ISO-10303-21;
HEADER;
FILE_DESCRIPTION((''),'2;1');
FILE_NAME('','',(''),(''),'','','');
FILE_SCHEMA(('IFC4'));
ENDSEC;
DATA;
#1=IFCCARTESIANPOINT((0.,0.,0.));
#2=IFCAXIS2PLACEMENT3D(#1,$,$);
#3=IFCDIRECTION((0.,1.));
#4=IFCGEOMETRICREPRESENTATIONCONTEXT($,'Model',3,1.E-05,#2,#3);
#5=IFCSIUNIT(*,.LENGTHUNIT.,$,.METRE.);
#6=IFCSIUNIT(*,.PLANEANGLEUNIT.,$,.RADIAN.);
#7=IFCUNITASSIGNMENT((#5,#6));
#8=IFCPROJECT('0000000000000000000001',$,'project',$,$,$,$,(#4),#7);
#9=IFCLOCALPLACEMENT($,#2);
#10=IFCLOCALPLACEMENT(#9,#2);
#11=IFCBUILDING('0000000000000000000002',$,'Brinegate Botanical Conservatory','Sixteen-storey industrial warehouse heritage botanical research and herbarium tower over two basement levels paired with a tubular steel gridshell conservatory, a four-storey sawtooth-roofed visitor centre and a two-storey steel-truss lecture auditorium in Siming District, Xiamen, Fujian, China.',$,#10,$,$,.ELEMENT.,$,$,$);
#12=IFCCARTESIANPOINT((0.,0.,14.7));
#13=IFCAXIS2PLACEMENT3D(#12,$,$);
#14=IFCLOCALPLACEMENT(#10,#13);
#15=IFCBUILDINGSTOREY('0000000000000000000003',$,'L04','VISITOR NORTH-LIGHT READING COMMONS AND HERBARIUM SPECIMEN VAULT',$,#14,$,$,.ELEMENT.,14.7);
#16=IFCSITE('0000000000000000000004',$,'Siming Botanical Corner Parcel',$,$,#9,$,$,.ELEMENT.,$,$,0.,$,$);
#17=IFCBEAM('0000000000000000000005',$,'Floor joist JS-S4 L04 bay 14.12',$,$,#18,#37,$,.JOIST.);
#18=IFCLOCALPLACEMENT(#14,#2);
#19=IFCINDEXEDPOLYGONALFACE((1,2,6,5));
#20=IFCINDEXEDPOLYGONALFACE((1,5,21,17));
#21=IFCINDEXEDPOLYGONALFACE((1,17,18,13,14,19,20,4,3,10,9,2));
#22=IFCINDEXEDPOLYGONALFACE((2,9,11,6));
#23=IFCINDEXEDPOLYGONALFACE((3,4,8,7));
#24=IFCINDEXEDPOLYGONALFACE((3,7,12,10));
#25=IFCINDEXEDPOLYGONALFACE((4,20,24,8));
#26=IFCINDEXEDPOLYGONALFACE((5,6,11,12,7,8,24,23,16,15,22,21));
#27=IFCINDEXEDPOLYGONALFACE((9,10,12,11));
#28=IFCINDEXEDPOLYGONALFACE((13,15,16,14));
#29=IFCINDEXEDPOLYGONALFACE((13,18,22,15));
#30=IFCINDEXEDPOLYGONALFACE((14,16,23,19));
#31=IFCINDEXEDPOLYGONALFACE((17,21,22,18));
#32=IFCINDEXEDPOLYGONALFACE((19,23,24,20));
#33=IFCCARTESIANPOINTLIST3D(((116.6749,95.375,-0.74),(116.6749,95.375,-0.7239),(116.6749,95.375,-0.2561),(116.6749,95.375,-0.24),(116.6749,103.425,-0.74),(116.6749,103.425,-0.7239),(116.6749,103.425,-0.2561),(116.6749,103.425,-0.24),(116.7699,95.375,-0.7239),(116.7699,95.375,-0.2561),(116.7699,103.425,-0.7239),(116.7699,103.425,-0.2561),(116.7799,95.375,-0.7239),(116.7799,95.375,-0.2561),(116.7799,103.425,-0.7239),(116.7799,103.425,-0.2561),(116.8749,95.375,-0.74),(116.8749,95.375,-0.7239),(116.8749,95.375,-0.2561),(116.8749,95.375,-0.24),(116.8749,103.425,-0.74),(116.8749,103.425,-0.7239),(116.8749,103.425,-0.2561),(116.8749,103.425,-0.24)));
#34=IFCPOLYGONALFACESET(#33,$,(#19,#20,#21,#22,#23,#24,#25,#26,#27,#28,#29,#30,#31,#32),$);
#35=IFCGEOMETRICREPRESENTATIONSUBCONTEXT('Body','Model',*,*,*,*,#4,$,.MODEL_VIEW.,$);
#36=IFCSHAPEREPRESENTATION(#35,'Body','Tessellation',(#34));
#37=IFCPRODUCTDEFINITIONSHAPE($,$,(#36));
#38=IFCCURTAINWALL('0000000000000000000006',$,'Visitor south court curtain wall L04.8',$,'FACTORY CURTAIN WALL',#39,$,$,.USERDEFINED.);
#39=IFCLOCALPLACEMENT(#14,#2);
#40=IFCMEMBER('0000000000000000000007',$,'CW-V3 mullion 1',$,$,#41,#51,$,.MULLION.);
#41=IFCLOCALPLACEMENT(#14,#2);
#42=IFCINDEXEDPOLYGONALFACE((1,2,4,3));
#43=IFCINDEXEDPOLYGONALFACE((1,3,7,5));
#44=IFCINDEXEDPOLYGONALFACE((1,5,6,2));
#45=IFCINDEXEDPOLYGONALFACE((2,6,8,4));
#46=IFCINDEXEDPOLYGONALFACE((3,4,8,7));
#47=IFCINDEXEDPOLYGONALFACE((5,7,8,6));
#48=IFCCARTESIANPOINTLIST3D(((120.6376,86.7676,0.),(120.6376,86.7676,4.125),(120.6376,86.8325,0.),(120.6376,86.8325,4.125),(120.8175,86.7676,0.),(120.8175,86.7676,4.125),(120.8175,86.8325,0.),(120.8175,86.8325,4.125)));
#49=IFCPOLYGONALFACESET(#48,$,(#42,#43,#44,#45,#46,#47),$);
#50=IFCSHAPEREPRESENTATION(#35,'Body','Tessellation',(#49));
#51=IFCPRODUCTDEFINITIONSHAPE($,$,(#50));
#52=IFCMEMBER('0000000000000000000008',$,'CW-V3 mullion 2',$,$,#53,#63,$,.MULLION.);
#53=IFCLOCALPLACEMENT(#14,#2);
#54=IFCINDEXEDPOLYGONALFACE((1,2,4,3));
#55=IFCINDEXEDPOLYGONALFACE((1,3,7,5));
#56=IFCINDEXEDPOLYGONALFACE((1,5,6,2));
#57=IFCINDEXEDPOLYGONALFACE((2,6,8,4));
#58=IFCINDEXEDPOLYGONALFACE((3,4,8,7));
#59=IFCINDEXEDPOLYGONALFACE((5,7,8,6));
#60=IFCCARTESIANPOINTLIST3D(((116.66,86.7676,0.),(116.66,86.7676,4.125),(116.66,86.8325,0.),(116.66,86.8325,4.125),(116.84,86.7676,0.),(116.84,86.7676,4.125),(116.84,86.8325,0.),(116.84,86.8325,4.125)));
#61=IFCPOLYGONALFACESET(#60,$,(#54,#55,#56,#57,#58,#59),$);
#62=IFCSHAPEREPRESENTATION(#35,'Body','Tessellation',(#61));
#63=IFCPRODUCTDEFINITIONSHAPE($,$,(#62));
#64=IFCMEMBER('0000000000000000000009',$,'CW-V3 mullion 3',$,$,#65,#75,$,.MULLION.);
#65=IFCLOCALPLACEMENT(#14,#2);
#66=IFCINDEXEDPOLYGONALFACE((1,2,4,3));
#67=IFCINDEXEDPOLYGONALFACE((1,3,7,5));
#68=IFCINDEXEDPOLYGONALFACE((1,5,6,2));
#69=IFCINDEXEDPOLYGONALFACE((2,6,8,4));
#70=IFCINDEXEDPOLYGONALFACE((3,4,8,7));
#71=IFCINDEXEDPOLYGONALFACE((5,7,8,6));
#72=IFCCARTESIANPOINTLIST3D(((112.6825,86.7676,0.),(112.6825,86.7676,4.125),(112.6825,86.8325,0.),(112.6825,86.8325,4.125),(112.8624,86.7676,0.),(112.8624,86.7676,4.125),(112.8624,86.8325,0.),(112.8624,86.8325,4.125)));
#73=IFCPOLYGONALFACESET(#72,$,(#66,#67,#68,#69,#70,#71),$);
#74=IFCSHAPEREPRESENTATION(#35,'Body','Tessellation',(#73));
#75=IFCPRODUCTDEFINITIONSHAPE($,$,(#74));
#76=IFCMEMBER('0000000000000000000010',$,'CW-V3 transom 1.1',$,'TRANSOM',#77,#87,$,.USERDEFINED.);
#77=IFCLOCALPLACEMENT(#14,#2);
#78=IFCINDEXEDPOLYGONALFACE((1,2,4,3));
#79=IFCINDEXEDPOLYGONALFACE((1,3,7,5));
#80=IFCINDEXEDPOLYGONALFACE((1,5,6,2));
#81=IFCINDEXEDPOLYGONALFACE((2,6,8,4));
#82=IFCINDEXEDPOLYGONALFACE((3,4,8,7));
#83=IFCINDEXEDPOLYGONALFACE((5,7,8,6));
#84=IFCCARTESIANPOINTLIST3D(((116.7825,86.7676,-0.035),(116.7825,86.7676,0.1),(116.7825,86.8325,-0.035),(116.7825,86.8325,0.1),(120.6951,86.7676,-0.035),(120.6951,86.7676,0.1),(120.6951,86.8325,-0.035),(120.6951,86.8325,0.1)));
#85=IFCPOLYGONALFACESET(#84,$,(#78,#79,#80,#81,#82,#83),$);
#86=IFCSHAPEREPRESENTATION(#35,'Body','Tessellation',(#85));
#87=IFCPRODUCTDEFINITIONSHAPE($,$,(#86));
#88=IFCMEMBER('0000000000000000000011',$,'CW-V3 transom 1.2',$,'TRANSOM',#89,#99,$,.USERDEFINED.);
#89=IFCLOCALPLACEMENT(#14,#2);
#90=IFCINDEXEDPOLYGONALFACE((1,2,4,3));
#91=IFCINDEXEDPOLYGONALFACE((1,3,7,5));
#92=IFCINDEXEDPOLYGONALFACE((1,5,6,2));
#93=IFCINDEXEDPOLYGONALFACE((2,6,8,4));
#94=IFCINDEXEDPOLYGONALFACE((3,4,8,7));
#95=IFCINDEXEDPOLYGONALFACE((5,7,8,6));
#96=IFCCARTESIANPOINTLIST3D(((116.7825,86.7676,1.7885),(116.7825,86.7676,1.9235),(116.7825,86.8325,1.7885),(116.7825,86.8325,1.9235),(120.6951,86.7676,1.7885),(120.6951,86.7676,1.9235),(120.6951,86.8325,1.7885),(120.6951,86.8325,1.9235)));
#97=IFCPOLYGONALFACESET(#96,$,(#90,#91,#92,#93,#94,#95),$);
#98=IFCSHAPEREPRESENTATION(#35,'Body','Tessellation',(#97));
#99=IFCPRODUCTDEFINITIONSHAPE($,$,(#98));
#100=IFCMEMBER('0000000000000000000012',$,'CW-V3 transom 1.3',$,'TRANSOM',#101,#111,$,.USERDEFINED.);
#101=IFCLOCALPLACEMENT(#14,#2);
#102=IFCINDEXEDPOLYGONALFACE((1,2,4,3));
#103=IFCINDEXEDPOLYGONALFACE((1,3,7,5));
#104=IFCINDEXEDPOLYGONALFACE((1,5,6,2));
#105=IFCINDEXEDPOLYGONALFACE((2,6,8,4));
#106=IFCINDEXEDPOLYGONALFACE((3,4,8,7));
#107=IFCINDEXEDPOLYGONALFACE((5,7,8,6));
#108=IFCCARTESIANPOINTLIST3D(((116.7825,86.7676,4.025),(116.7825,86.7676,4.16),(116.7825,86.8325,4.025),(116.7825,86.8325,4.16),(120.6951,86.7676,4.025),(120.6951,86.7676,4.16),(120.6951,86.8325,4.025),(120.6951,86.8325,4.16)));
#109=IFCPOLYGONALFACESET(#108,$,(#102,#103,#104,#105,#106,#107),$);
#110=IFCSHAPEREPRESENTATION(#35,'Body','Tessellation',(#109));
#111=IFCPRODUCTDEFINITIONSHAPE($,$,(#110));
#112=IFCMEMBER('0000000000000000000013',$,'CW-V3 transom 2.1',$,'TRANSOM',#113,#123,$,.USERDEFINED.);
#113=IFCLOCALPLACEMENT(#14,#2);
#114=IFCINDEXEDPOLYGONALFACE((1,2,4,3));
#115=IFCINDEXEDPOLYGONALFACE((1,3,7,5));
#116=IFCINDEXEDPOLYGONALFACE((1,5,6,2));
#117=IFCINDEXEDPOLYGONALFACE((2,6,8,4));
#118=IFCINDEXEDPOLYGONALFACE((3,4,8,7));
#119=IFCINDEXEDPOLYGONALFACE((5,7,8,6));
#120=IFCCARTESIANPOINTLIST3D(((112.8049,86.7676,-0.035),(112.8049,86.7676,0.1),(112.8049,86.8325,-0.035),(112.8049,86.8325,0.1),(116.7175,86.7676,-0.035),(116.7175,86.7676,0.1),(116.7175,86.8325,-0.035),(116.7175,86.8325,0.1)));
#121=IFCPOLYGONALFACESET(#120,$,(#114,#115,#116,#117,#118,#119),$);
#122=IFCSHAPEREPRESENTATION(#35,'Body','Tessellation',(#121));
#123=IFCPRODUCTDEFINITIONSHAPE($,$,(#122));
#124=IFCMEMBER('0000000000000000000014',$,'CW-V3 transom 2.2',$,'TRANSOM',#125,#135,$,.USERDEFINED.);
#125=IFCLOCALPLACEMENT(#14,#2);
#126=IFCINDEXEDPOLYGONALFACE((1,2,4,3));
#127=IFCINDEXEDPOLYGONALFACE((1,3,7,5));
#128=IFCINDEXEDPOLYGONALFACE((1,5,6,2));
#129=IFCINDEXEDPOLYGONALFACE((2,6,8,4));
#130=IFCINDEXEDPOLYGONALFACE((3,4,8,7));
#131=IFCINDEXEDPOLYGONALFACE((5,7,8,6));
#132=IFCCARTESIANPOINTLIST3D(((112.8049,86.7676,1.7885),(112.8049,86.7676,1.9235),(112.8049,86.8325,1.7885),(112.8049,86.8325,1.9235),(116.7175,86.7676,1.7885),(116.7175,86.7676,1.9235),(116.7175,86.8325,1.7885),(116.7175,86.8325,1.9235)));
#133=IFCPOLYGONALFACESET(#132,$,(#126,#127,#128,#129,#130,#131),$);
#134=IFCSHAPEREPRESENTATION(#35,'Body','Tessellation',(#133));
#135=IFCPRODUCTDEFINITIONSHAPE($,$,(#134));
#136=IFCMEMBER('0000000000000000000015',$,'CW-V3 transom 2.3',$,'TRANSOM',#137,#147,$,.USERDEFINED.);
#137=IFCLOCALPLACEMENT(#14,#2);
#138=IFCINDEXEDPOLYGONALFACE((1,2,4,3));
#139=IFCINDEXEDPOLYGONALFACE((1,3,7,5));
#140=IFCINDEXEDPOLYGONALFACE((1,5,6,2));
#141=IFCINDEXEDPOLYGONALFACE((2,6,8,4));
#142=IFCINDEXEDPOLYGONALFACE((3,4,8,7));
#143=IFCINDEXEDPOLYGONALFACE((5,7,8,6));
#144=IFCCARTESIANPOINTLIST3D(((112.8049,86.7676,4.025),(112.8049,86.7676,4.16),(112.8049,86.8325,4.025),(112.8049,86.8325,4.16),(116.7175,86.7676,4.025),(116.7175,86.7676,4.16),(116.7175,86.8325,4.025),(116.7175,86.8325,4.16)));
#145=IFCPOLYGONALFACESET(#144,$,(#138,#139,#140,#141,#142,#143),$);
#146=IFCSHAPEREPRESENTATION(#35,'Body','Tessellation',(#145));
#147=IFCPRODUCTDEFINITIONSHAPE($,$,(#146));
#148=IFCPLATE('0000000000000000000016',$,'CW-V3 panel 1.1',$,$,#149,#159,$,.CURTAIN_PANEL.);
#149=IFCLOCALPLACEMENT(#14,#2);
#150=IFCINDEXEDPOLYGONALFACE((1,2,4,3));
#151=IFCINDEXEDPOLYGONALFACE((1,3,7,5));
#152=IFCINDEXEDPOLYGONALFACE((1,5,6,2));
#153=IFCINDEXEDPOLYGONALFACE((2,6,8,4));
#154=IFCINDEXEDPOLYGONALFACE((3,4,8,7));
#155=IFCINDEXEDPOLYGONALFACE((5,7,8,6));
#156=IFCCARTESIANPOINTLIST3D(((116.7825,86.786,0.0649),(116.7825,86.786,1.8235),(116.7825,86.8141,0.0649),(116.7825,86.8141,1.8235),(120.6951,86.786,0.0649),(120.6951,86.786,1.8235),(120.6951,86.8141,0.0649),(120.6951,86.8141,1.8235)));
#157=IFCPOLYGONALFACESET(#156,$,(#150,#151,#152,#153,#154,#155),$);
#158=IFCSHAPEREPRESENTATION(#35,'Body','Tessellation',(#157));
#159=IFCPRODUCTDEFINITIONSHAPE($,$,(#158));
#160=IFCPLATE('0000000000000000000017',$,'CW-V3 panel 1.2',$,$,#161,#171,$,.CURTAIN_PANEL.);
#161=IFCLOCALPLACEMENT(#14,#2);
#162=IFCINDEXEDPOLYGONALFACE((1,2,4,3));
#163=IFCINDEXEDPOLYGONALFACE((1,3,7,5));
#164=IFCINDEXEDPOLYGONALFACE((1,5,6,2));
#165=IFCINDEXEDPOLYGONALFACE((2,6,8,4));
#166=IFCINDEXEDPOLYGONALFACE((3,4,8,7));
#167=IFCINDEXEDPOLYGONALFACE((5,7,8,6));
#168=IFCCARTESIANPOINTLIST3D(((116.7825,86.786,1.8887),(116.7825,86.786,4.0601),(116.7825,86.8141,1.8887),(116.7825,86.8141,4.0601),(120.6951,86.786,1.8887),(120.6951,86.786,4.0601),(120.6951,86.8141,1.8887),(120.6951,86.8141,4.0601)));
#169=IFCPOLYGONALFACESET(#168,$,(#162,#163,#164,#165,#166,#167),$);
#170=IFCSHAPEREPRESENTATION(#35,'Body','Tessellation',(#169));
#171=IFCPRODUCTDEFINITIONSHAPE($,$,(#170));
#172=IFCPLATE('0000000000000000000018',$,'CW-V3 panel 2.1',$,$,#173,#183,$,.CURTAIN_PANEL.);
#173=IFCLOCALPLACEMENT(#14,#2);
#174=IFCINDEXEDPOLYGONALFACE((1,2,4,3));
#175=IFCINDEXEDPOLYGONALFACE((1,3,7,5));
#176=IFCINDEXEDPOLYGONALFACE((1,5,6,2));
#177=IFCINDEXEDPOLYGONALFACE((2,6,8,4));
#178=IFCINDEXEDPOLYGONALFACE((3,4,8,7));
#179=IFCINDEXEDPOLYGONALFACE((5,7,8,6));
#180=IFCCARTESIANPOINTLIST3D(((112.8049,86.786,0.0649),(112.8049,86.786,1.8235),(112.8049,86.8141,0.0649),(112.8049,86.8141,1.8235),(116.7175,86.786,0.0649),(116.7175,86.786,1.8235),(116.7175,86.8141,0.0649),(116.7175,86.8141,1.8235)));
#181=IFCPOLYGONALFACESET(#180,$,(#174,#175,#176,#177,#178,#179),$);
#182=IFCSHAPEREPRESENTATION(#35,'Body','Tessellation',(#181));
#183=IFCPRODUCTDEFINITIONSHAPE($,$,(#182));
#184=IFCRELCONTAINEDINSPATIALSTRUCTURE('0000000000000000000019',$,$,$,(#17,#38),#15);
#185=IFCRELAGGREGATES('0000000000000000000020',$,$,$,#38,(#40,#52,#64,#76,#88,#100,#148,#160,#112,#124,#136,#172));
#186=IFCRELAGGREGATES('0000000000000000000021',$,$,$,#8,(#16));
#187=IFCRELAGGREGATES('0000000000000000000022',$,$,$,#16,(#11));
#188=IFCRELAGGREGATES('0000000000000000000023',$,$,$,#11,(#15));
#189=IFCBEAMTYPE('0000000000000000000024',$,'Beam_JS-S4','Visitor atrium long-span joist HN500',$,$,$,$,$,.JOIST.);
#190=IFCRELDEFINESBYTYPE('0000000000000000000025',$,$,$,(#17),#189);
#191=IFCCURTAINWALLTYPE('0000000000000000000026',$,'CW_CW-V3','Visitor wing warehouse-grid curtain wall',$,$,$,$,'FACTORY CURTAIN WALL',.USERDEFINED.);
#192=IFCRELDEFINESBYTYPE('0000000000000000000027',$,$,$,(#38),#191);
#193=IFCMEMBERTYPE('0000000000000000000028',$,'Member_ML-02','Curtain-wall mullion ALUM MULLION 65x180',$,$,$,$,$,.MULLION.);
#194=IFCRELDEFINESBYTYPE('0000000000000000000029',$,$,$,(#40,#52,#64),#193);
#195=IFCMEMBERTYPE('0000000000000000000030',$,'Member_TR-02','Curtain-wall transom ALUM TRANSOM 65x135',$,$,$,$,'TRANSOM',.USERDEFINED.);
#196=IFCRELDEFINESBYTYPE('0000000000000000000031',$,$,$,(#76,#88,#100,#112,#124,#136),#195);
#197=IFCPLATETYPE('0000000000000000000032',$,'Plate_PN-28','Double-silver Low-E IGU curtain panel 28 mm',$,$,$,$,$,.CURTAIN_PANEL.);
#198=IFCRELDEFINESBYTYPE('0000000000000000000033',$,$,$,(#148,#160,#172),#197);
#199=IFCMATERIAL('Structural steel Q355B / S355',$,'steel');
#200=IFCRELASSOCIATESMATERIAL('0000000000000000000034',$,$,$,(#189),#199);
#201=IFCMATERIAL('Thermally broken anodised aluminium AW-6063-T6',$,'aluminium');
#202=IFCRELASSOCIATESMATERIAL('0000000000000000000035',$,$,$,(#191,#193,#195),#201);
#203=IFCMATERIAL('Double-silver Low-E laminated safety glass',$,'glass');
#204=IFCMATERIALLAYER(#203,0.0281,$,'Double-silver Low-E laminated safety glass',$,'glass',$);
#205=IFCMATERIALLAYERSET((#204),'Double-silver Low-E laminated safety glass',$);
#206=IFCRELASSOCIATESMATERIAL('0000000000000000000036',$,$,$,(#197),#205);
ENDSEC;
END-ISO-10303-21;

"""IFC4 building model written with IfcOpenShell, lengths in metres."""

from ifc_helpers import new_model, si_unit, direction, frame, origin, origin_2d, place, context, subcontext, project, spatial, rectangle, i_section, extrude, material, layer, layer_set, material_profile, profile_set, type_object, element, aggregate, save


model = new_model("IFC4")

# Units and contexts
model_context = context("Model", 3, precision=1e-05, world=origin(), true_north=direction((0.0, 1.0)))
body_context = subcontext(model_context, "Body", "Model", "MODEL_VIEW")
ifc_project = project(units=[si_unit("LENGTHUNIT", "METRE"), si_unit("PLANEANGLEUNIT", "RADIAN")], contexts=[model_context])

# Site, building, storey
site_placement = place(None, origin())
site = spatial("IfcSite", under=ifc_project, at=site_placement, Name="Siming Botanical Corner Parcel", CompositionType="ELEMENT", RefElevation=0.0)
building_placement = place(site_placement, origin())
building = spatial("IfcBuilding", under=site, at=building_placement, Name="Brinegate Botanical Conservatory", Description="Sixteen-storey industrial warehouse heritage botanical research and herbarium tower over two basement levels paired with a tubular steel gridshell conservatory, a four-storey sawtooth-roofed visitor centre and a two-storey steel-truss lecture auditorium in Siming District, Xiamen, Fujian, China.", CompositionType="ELEMENT")
storey_placement = place(building_placement, frame((0.0, 0.0, 14.7)))
storey = spatial("IfcBuildingStorey", under=building, at=storey_placement, Name="L04", Description="VISITOR NORTH-LIGHT READING COMMONS AND HERBARIUM SPECIMEN VAULT", CompositionType="ELEMENT", Elevation=14.7)

# Beam
ifc_material_1 = material(Name="Structural steel Q355B / S355", Category="steel")
ifc_material_profile_1 = material_profile(ifc_material_1, i_section(OverallWidth=0.2, OverallDepth=0.5, WebThickness=0.01, FlangeThickness=0.0161, at=origin_2d()), Name="HN 500x200x10x16")
ifc_profile_set_1 = profile_set([ifc_material_profile_1], Name="Structural steel Q355B / S355")
beam_type_1 = type_object("IfcBeamType", Name="Beam_JS-S4", Description="Visitor atrium long-span joist HN500", PredefinedType="JOIST", material=ifc_profile_set_1)
beam_1_placement = place(storey_placement, frame((116.7749, 95.375, -0.49), z_axis=(0.0, 1.0, 0.0), x_axis=(-1.0, 0.0, 0.0)))
element("IfcBeam", 1, at=beam_1_placement, inside=storey, type_object=beam_type_1, Name="Floor joist JS-S4 L04 bay 14.12", PredefinedType="JOIST", context=body_context, shape_type="SweptSolid", body=[
    extrude(i_section(OverallWidth=0.2, OverallDepth=0.5, WebThickness=0.01, FlangeThickness=0.0161, at=origin_2d()), origin(), (0.0, 0.0, 1.0), 8.05),
])

# Curtain wall, members, plates
ifc_material_2 = material(Name="Thermally broken anodised aluminium AW-6063-T6", Category="aluminium")
curtain_wall_type = type_object("IfcCurtainWallType", Name="CW_CW-V3", Description="Visitor wing warehouse-grid curtain wall", ElementType="FACTORY CURTAIN WALL", PredefinedType="USERDEFINED", material=ifc_material_2)
curtain_wall_placement = place(storey_placement, origin())
curtain_wall = element("IfcCurtainWall", 2, at=curtain_wall_placement, inside=storey, type_object=curtain_wall_type, Name="Visitor south court curtain wall L04.8", ObjectType="FACTORY CURTAIN WALL", PredefinedType="USERDEFINED")
ifc_material_profile_2 = material_profile(ifc_material_2, rectangle(XDim=0.0649, YDim=0.1799, at=origin_2d()), Name="ALUM MULLION 65x180")
ifc_profile_set_2 = profile_set([ifc_material_profile_2], Name="Thermally broken anodised aluminium AW-6063-T6")
member_type_1 = type_object("IfcMemberType", Name="Member_ML-02", Description="Curtain-wall mullion ALUM MULLION 65x180", PredefinedType="MULLION", material=ifc_profile_set_2)
member_1_placement = place(storey_placement, frame((120.7275, 86.8, 0.0), z_axis=(0.0, 0.0, 1.0), x_axis=(0.0, -1.0, 0.0)))
member_1 = element("IfcMember", 3, at=member_1_placement, type_object=member_type_1, Name="CW-V3 mullion 1", PredefinedType="MULLION", context=body_context, shape_type="SweptSolid", body=[
    extrude(rectangle(XDim=0.0649, YDim=0.1799, at=origin_2d()), origin(), (0.0, 0.0, 1.0), 4.125),
])
member_2_placement = place(storey_placement, frame((116.75, 86.8, 0.0), z_axis=(0.0, 0.0, 1.0), x_axis=(0.0, -1.0, 0.0)))
member_2 = element("IfcMember", 4, at=member_2_placement, type_object=member_type_1, Name="CW-V3 mullion 2", PredefinedType="MULLION", context=body_context, shape_type="SweptSolid", body=[
    extrude(rectangle(XDim=0.0649, YDim=0.1799, at=origin_2d()), origin(), (0.0, 0.0, 1.0), 4.125),
])
member_3_placement = place(storey_placement, frame((112.7725, 86.8, 0.0), z_axis=(0.0, 0.0, 1.0), x_axis=(0.0, -1.0, 0.0)))
member_3 = element("IfcMember", 5, at=member_3_placement, type_object=member_type_1, Name="CW-V3 mullion 3", PredefinedType="MULLION", context=body_context, shape_type="SweptSolid", body=[
    extrude(rectangle(XDim=0.0649, YDim=0.1799, at=origin_2d()), origin(), (0.0, 0.0, 1.0), 4.125),
])
ifc_material_profile_3 = material_profile(ifc_material_2, rectangle(XDim=0.0649, YDim=0.135, at=origin_2d()), Name="ALUM TRANSOM 65x135")
ifc_profile_set_3 = profile_set([ifc_material_profile_3], Name="Thermally broken anodised aluminium AW-6063-T6")
member_type_2 = type_object("IfcMemberType", Name="Member_TR-02", Description="Curtain-wall transom ALUM TRANSOM 65x135", ElementType="TRANSOM", PredefinedType="USERDEFINED", material=ifc_profile_set_3)
member_4_placement = place(storey_placement, frame((120.6951, 86.8, 0.0325), z_axis=(-1.0, 0.0, 0.0), x_axis=(0.0, -1.0, 0.0)))
member_4 = element("IfcMember", 6, at=member_4_placement, type_object=member_type_2, Name="CW-V3 transom 1.1", ObjectType="TRANSOM", PredefinedType="USERDEFINED", context=body_context, shape_type="SweptSolid", body=[
    extrude(rectangle(XDim=0.0649, YDim=0.135, at=origin_2d()), origin(), (0.0, 0.0, 1.0), 3.9126),
])
member_5_placement = place(storey_placement, frame((120.6951, 86.8, 1.856), z_axis=(-1.0, 0.0, 0.0), x_axis=(0.0, -1.0, 0.0)))
member_5 = element("IfcMember", 7, at=member_5_placement, type_object=member_type_2, Name="CW-V3 transom 1.2", ObjectType="TRANSOM", PredefinedType="USERDEFINED", context=body_context, shape_type="SweptSolid", body=[
    extrude(rectangle(XDim=0.0649, YDim=0.135, at=origin_2d()), origin(), (0.0, 0.0, 1.0), 3.9126),
])
member_6_placement = place(storey_placement, frame((120.6951, 86.8, 4.0925), z_axis=(-1.0, 0.0, 0.0), x_axis=(0.0, -1.0, 0.0)))
member_6 = element("IfcMember", 8, at=member_6_placement, type_object=member_type_2, Name="CW-V3 transom 1.3", ObjectType="TRANSOM", PredefinedType="USERDEFINED", context=body_context, shape_type="SweptSolid", body=[
    extrude(rectangle(XDim=0.0649, YDim=0.135, at=origin_2d()), origin(), (0.0, 0.0, 1.0), 3.9126),
])
member_7_placement = place(storey_placement, frame((116.7175, 86.8, 0.0325), z_axis=(-1.0, 0.0, 0.0), x_axis=(0.0, -1.0, 0.0)))
member_7 = element("IfcMember", 9, at=member_7_placement, type_object=member_type_2, Name="CW-V3 transom 2.1", ObjectType="TRANSOM", PredefinedType="USERDEFINED", context=body_context, shape_type="SweptSolid", body=[
    extrude(rectangle(XDim=0.0649, YDim=0.135, at=origin_2d()), origin(), (0.0, 0.0, 1.0), 3.9126),
])
member_8_placement = place(storey_placement, frame((116.7175, 86.8, 1.856), z_axis=(-1.0, 0.0, 0.0), x_axis=(0.0, -1.0, 0.0)))
member_8 = element("IfcMember", 10, at=member_8_placement, type_object=member_type_2, Name="CW-V3 transom 2.2", ObjectType="TRANSOM", PredefinedType="USERDEFINED", context=body_context, shape_type="SweptSolid", body=[
    extrude(rectangle(XDim=0.0649, YDim=0.135, at=origin_2d()), origin(), (0.0, 0.0, 1.0), 3.9126),
])
member_9_placement = place(storey_placement, frame((116.7175, 86.8, 4.0925), z_axis=(-1.0, 0.0, 0.0), x_axis=(0.0, -1.0, 0.0)))
member_9 = element("IfcMember", 11, at=member_9_placement, type_object=member_type_2, Name="CW-V3 transom 2.3", ObjectType="TRANSOM", PredefinedType="USERDEFINED", context=body_context, shape_type="SweptSolid", body=[
    extrude(rectangle(XDim=0.0649, YDim=0.135, at=origin_2d()), origin(), (0.0, 0.0, 1.0), 3.9126),
])
ifc_material_3 = material(Name="Double-silver Low-E laminated safety glass", Category="glass")
ifc_layer_1 = layer(ifc_material_3, 0.0281, Name="Double-silver Low-E laminated safety glass", Category="glass")
ifc_layer_set_1 = layer_set([ifc_layer_1], Name="Double-silver Low-E laminated safety glass")
plate_type = type_object("IfcPlateType", Name="Plate_PN-28", Description="Double-silver Low-E IGU curtain panel 28 mm", PredefinedType="CURTAIN_PANEL", material=ifc_layer_set_1)
plate_1_placement = place(storey_placement, frame((118.7388, 86.8, 0.0649), z_axis=(0.0, 0.0, 1.0), x_axis=(-1.0, 0.0, 0.0)))
plate_1 = element("IfcPlate", 12, at=plate_1_placement, type_object=plate_type, Name="CW-V3 panel 1.1", PredefinedType="CURTAIN_PANEL", context=body_context, shape_type="SweptSolid", body=[
    extrude(rectangle(XDim=3.9126, YDim=0.0281, at=origin_2d()), origin(), (0.0, 0.0, 1.0), 1.7585),
])
plate_2_placement = place(storey_placement, frame((118.7388, 86.8, 1.8887), z_axis=(0.0, 0.0, 1.0), x_axis=(-1.0, 0.0, 0.0)))
plate_2 = element("IfcPlate", 13, at=plate_2_placement, type_object=plate_type, Name="CW-V3 panel 1.2", PredefinedType="CURTAIN_PANEL", context=body_context, shape_type="SweptSolid", body=[
    extrude(rectangle(XDim=3.9126, YDim=0.0281, at=origin_2d()), origin(), (0.0, 0.0, 1.0), 2.1714),
])
plate_3_placement = place(storey_placement, frame((114.7612, 86.8, 0.0649), z_axis=(0.0, 0.0, 1.0), x_axis=(-1.0, 0.0, 0.0)))
plate_3 = element("IfcPlate", 14, at=plate_3_placement, type_object=plate_type, Name="CW-V3 panel 2.1", PredefinedType="CURTAIN_PANEL", context=body_context, shape_type="SweptSolid", body=[
    extrude(rectangle(XDim=3.9126, YDim=0.0281, at=origin_2d()), origin(), (0.0, 0.0, 1.0), 1.7585),
])
aggregate(curtain_wall, [member_1, member_2, member_3, member_4, member_5, member_6, plate_1, plate_2, member_7, member_8, member_9, plate_3])

save(model, "model.ifc")
